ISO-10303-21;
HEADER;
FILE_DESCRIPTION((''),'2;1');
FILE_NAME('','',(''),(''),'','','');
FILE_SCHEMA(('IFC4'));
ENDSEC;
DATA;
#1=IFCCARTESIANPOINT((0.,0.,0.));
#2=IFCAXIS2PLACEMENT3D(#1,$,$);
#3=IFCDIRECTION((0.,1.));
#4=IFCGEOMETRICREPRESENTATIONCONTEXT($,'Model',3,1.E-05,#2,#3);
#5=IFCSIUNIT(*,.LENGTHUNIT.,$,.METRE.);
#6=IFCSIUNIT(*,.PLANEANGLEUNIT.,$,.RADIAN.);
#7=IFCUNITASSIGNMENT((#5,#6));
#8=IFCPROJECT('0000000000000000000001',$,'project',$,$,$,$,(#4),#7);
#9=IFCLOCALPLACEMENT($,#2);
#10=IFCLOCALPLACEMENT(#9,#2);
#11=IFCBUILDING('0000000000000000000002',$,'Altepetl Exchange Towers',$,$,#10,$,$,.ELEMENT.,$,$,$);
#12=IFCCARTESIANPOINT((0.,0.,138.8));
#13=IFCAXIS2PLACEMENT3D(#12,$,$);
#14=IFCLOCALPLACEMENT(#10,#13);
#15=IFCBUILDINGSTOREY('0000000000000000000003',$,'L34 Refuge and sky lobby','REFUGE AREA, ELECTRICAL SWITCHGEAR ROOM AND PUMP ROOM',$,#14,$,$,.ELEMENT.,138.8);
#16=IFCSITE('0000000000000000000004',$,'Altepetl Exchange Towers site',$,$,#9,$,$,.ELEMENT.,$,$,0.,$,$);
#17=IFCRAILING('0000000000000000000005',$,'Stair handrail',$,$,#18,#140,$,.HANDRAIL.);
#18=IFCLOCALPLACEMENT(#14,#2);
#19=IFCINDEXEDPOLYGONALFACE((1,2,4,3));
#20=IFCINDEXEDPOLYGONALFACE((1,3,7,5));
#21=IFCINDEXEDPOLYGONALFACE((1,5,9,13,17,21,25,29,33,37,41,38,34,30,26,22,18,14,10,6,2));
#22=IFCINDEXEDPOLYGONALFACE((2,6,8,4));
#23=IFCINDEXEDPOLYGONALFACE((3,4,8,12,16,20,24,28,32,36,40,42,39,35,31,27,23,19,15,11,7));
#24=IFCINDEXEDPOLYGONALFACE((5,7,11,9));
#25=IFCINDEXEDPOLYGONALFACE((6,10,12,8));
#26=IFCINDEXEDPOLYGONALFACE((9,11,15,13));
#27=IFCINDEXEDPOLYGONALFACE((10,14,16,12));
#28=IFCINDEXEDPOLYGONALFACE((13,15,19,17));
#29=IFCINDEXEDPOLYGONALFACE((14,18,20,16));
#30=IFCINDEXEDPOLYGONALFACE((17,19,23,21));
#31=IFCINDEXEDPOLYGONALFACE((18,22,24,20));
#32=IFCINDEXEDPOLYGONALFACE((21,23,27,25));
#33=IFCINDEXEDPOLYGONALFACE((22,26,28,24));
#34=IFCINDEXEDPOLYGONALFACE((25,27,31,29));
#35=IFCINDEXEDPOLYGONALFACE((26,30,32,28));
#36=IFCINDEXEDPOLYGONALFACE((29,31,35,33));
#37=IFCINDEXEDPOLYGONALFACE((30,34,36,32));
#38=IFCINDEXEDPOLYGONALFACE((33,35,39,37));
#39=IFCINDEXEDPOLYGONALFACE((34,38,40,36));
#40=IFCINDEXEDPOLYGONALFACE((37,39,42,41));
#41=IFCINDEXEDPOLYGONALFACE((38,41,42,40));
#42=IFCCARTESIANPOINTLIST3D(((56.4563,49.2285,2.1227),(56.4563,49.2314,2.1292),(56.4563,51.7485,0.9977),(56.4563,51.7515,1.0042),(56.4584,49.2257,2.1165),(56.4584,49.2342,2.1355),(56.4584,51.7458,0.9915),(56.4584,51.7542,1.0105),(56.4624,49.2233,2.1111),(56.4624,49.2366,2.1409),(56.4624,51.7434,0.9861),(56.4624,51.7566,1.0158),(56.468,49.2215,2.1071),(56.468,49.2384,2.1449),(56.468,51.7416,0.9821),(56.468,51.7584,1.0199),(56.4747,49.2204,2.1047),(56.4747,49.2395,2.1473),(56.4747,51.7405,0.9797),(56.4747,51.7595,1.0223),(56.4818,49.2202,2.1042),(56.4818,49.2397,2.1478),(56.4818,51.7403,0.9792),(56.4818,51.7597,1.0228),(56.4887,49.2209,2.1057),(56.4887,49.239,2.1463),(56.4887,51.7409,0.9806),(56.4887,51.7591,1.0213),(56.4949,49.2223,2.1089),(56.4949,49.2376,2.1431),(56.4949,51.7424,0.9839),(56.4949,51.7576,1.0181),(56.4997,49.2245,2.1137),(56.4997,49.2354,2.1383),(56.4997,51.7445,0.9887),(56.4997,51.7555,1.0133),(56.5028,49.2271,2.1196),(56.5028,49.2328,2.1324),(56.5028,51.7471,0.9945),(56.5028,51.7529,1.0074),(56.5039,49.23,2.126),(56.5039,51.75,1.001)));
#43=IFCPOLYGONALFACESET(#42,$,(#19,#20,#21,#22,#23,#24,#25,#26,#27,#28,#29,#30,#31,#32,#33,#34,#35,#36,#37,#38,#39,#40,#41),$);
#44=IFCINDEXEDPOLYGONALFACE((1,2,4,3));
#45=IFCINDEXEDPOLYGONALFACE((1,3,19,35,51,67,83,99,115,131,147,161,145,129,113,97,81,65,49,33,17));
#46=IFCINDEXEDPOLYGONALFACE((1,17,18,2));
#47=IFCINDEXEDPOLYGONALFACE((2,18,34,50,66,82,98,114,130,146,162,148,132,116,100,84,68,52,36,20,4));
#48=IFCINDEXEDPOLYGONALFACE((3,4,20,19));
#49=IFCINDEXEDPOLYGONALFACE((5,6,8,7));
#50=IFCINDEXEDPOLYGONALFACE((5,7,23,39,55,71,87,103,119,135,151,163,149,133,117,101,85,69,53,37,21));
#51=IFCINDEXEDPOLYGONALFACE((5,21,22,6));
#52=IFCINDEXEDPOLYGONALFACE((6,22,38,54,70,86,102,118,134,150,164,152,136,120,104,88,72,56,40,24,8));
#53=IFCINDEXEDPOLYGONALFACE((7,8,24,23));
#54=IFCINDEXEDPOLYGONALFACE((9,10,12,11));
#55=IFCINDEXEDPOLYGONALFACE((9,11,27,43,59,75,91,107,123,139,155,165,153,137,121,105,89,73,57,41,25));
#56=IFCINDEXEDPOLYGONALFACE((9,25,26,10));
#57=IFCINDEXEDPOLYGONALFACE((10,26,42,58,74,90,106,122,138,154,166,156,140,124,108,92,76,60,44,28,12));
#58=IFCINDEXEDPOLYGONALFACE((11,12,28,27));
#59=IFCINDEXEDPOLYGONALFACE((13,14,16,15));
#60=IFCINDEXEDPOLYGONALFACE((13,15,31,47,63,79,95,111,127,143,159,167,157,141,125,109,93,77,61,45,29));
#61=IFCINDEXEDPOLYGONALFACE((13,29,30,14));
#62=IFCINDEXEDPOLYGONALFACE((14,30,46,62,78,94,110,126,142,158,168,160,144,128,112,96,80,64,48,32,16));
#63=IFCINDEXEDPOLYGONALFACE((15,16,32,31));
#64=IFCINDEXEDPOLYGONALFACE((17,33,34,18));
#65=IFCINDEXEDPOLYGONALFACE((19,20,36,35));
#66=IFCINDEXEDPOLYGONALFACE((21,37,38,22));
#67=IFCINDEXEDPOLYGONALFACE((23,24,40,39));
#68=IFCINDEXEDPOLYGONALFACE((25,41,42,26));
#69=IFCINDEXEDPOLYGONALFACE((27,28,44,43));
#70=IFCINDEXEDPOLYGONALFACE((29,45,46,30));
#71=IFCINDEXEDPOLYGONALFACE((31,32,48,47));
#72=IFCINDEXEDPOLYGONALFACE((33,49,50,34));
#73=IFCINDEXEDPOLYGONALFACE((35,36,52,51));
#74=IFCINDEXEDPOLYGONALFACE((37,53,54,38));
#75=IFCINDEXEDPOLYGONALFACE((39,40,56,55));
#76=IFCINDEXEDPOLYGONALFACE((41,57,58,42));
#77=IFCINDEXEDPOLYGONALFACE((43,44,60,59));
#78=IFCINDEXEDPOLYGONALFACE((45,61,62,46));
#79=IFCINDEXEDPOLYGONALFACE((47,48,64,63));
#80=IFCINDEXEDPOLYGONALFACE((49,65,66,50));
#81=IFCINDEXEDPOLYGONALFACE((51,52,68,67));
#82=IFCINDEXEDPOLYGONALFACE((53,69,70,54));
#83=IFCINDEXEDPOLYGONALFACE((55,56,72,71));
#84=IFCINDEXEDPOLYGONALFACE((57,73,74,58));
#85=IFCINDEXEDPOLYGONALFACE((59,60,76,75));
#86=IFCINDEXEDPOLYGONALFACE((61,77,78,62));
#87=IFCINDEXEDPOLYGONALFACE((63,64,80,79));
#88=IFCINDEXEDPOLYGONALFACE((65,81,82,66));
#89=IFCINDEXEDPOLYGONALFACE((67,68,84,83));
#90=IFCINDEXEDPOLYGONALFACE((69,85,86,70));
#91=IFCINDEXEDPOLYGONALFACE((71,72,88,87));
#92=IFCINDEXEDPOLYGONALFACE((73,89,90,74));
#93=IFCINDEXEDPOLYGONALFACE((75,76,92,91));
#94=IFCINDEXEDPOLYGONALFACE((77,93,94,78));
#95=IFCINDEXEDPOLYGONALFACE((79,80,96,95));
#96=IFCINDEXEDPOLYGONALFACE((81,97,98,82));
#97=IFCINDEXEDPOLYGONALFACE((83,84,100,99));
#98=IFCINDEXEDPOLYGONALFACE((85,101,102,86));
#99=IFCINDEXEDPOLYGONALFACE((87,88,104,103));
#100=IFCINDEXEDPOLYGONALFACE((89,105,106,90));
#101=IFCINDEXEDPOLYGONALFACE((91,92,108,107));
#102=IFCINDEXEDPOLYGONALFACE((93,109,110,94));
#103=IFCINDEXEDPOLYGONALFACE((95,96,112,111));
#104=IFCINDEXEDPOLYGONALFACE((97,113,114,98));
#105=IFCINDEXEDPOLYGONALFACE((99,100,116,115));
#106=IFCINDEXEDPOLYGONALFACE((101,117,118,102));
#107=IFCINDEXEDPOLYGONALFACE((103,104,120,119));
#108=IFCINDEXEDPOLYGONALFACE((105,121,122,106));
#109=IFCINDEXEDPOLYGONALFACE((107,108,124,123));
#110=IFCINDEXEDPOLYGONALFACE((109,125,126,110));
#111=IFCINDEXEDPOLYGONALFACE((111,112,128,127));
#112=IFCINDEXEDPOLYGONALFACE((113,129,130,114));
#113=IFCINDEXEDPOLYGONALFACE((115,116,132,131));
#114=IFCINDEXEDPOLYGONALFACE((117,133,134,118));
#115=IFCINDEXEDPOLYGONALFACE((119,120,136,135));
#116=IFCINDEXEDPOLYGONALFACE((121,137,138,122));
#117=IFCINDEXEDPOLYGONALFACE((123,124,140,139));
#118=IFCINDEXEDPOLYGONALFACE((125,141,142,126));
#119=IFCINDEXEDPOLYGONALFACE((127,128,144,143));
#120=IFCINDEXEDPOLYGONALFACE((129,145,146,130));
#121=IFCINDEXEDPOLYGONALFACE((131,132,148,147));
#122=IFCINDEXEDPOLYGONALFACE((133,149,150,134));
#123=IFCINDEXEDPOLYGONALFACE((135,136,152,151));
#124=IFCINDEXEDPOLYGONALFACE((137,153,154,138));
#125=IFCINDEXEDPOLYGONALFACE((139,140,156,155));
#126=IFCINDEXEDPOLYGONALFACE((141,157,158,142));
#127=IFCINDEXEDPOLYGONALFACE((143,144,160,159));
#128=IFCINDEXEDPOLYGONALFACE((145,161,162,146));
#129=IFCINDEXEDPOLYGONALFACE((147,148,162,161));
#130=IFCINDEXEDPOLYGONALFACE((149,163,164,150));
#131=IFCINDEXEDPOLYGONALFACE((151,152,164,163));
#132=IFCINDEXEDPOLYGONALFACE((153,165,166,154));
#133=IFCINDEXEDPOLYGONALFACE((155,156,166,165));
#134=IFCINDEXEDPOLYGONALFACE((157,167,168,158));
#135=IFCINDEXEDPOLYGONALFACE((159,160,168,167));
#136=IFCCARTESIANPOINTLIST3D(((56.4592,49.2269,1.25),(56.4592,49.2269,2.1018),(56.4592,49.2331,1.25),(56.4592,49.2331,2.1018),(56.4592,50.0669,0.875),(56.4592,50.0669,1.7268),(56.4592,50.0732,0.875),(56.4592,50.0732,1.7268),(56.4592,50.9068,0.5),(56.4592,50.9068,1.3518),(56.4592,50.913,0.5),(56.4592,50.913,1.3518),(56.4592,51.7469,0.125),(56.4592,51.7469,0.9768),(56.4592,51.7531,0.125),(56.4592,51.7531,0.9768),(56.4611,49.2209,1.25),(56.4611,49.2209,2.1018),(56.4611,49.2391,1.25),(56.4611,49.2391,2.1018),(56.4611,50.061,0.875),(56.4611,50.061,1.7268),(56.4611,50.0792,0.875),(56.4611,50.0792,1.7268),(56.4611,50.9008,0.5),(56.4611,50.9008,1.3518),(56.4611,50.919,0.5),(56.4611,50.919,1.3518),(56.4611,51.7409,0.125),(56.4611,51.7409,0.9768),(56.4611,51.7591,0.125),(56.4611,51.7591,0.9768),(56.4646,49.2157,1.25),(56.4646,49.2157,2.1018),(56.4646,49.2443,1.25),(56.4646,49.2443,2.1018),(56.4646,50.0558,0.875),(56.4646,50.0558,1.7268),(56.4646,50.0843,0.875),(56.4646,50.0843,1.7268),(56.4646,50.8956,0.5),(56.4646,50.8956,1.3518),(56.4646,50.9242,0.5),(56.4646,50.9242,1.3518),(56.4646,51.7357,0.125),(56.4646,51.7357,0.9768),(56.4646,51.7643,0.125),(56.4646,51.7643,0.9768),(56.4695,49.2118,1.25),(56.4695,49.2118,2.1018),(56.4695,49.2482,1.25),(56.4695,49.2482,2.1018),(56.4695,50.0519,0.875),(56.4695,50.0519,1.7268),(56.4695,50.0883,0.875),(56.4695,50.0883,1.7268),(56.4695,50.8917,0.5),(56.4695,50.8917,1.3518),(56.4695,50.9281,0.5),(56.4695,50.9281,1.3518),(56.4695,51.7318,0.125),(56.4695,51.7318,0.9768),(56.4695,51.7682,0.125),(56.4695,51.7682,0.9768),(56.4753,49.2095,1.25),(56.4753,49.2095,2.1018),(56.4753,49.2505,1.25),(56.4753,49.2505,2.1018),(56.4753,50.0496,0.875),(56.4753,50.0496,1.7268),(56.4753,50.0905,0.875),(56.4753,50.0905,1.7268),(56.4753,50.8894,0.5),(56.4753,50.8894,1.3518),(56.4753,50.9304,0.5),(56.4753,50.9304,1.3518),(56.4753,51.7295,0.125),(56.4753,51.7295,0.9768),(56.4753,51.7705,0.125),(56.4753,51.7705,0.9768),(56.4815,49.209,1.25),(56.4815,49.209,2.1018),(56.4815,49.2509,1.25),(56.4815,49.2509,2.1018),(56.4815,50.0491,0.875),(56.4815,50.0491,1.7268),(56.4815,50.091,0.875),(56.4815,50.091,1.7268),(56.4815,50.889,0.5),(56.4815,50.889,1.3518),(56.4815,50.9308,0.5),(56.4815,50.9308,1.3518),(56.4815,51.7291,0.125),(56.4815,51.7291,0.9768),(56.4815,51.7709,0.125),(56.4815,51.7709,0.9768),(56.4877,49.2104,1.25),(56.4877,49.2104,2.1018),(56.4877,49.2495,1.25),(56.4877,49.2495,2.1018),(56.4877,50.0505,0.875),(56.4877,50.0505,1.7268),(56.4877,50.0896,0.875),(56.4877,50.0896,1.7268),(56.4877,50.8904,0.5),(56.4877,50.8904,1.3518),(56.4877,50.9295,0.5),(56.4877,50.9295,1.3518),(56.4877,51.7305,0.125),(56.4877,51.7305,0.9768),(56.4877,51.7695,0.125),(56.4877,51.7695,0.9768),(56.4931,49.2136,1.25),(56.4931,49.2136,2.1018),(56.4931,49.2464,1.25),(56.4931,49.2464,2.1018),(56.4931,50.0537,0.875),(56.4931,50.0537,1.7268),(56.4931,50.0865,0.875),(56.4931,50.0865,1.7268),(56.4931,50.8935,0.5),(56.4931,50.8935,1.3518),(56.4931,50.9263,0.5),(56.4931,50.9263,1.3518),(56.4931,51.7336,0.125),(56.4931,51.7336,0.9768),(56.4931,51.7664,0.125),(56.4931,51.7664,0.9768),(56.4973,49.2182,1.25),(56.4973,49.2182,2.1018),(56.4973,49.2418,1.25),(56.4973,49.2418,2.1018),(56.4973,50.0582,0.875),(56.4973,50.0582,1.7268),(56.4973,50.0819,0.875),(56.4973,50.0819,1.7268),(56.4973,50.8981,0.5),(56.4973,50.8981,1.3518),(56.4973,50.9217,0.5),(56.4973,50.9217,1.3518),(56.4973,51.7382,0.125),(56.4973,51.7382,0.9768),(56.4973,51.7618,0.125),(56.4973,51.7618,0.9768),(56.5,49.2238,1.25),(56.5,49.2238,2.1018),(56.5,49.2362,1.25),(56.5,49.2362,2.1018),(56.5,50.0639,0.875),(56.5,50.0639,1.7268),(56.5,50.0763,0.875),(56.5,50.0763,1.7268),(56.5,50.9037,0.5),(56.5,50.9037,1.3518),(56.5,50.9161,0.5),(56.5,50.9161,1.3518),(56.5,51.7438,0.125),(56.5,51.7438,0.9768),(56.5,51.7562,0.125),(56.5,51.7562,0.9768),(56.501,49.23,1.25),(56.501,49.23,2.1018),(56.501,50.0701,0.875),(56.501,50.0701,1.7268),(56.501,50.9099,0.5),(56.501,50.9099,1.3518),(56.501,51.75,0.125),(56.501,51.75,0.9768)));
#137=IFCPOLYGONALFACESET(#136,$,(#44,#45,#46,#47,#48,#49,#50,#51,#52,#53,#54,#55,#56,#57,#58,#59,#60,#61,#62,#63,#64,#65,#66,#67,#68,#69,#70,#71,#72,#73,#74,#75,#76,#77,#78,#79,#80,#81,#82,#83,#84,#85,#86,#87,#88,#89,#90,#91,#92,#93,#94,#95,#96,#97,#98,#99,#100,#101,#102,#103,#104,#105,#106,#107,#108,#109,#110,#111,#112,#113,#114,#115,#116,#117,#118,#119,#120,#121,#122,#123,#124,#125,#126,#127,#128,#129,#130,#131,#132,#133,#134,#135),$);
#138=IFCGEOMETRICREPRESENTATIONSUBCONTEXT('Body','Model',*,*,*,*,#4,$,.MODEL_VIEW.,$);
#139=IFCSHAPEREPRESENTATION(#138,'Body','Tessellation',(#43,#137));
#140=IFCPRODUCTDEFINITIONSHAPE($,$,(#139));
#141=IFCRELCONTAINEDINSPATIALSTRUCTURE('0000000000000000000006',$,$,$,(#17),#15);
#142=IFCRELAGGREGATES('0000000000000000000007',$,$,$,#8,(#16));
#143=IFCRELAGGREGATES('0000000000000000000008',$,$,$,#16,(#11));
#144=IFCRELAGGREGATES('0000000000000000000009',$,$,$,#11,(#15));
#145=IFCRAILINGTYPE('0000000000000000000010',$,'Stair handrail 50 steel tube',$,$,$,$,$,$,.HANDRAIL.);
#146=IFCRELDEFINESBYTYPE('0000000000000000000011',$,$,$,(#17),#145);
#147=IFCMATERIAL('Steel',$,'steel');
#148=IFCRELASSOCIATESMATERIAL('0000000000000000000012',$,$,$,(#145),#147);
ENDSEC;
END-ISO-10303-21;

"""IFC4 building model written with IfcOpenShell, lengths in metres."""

from ifc_helpers import new_model, si_unit, direction, frame, origin, origin_2d, place, context, subcontext, project, spatial, circle, extrude, source, transform, mapped, material, type_object, element, save


model = new_model("IFC4")

# Units and contexts
model_context = context("Model", 3, precision=1e-05, world=origin(), true_north=direction((0.0, 1.0)))
body_context = subcontext(model_context, "Body", "Model", "MODEL_VIEW")
ifc_project = project(units=[si_unit("LENGTHUNIT", "METRE"), si_unit("PLANEANGLEUNIT", "RADIAN")], contexts=[model_context])

# Site, building, storey
site_placement = place(None, origin())
site = spatial("IfcSite", under=ifc_project, at=site_placement, Name="Altepetl Exchange Towers site", CompositionType="ELEMENT", RefElevation=0.0)
building_placement = place(site_placement, origin())
building = spatial("IfcBuilding", under=site, at=building_placement, Name="Altepetl Exchange Towers", CompositionType="ELEMENT")
storey_placement = place(building_placement, frame((0.0, 0.0, 138.8)))
storey = spatial("IfcBuildingStorey", under=building, at=storey_placement, Name="L34 Refuge and sky lobby", Description="REFUGE AREA, ELECTRICAL SWITCHGEAR ROOM AND PUMP ROOM", CompositionType="ELEMENT", Elevation=138.8)

# Railing
ifc_material_1 = material(Name="Steel", Category="steel")
railing_type = type_object("IfcRailingType", Name="Stair handrail 50 steel tube", PredefinedType="HANDRAIL", material=ifc_material_1)
shared_shape = source(origin(), body_context, "Body", "SweptSolid", [
    extrude(circle(Radius=0.021, at=origin_2d()), origin(), (0.0, 0.0, 1.0), 0.8518),
])
for number, where, name in (
    (1, (56.48, 51.75, 0.125), "Stair handrail"),
):
    element("IfcRailing", number, at=place(storey_placement, frame(where)), inside=storey, type_object=railing_type, Name=name, PredefinedType="HANDRAIL", context=body_context, shape_type="SweptSolid", body=[
        extrude(circle(Radius=0.0239, at=origin_2d()), frame((0.0, 0.0, 0.876), z_axis=(0.0, -0.913139, 0.407648), x_axis=(1.0, 0.0, 0.0)), (0.0, 0.0, 1.0), 2.7598),
        mapped(shared_shape, transform((0.0, 0.0, 0.0))),
        mapped(shared_shape, transform((0.0, -0.8401, 0.375))),
        mapped(shared_shape, transform((0.0, -1.6799, 0.75))),
        mapped(shared_shape, transform((0.0, -2.52, 1.125))),
    ])

save(model, "model.ifc")
